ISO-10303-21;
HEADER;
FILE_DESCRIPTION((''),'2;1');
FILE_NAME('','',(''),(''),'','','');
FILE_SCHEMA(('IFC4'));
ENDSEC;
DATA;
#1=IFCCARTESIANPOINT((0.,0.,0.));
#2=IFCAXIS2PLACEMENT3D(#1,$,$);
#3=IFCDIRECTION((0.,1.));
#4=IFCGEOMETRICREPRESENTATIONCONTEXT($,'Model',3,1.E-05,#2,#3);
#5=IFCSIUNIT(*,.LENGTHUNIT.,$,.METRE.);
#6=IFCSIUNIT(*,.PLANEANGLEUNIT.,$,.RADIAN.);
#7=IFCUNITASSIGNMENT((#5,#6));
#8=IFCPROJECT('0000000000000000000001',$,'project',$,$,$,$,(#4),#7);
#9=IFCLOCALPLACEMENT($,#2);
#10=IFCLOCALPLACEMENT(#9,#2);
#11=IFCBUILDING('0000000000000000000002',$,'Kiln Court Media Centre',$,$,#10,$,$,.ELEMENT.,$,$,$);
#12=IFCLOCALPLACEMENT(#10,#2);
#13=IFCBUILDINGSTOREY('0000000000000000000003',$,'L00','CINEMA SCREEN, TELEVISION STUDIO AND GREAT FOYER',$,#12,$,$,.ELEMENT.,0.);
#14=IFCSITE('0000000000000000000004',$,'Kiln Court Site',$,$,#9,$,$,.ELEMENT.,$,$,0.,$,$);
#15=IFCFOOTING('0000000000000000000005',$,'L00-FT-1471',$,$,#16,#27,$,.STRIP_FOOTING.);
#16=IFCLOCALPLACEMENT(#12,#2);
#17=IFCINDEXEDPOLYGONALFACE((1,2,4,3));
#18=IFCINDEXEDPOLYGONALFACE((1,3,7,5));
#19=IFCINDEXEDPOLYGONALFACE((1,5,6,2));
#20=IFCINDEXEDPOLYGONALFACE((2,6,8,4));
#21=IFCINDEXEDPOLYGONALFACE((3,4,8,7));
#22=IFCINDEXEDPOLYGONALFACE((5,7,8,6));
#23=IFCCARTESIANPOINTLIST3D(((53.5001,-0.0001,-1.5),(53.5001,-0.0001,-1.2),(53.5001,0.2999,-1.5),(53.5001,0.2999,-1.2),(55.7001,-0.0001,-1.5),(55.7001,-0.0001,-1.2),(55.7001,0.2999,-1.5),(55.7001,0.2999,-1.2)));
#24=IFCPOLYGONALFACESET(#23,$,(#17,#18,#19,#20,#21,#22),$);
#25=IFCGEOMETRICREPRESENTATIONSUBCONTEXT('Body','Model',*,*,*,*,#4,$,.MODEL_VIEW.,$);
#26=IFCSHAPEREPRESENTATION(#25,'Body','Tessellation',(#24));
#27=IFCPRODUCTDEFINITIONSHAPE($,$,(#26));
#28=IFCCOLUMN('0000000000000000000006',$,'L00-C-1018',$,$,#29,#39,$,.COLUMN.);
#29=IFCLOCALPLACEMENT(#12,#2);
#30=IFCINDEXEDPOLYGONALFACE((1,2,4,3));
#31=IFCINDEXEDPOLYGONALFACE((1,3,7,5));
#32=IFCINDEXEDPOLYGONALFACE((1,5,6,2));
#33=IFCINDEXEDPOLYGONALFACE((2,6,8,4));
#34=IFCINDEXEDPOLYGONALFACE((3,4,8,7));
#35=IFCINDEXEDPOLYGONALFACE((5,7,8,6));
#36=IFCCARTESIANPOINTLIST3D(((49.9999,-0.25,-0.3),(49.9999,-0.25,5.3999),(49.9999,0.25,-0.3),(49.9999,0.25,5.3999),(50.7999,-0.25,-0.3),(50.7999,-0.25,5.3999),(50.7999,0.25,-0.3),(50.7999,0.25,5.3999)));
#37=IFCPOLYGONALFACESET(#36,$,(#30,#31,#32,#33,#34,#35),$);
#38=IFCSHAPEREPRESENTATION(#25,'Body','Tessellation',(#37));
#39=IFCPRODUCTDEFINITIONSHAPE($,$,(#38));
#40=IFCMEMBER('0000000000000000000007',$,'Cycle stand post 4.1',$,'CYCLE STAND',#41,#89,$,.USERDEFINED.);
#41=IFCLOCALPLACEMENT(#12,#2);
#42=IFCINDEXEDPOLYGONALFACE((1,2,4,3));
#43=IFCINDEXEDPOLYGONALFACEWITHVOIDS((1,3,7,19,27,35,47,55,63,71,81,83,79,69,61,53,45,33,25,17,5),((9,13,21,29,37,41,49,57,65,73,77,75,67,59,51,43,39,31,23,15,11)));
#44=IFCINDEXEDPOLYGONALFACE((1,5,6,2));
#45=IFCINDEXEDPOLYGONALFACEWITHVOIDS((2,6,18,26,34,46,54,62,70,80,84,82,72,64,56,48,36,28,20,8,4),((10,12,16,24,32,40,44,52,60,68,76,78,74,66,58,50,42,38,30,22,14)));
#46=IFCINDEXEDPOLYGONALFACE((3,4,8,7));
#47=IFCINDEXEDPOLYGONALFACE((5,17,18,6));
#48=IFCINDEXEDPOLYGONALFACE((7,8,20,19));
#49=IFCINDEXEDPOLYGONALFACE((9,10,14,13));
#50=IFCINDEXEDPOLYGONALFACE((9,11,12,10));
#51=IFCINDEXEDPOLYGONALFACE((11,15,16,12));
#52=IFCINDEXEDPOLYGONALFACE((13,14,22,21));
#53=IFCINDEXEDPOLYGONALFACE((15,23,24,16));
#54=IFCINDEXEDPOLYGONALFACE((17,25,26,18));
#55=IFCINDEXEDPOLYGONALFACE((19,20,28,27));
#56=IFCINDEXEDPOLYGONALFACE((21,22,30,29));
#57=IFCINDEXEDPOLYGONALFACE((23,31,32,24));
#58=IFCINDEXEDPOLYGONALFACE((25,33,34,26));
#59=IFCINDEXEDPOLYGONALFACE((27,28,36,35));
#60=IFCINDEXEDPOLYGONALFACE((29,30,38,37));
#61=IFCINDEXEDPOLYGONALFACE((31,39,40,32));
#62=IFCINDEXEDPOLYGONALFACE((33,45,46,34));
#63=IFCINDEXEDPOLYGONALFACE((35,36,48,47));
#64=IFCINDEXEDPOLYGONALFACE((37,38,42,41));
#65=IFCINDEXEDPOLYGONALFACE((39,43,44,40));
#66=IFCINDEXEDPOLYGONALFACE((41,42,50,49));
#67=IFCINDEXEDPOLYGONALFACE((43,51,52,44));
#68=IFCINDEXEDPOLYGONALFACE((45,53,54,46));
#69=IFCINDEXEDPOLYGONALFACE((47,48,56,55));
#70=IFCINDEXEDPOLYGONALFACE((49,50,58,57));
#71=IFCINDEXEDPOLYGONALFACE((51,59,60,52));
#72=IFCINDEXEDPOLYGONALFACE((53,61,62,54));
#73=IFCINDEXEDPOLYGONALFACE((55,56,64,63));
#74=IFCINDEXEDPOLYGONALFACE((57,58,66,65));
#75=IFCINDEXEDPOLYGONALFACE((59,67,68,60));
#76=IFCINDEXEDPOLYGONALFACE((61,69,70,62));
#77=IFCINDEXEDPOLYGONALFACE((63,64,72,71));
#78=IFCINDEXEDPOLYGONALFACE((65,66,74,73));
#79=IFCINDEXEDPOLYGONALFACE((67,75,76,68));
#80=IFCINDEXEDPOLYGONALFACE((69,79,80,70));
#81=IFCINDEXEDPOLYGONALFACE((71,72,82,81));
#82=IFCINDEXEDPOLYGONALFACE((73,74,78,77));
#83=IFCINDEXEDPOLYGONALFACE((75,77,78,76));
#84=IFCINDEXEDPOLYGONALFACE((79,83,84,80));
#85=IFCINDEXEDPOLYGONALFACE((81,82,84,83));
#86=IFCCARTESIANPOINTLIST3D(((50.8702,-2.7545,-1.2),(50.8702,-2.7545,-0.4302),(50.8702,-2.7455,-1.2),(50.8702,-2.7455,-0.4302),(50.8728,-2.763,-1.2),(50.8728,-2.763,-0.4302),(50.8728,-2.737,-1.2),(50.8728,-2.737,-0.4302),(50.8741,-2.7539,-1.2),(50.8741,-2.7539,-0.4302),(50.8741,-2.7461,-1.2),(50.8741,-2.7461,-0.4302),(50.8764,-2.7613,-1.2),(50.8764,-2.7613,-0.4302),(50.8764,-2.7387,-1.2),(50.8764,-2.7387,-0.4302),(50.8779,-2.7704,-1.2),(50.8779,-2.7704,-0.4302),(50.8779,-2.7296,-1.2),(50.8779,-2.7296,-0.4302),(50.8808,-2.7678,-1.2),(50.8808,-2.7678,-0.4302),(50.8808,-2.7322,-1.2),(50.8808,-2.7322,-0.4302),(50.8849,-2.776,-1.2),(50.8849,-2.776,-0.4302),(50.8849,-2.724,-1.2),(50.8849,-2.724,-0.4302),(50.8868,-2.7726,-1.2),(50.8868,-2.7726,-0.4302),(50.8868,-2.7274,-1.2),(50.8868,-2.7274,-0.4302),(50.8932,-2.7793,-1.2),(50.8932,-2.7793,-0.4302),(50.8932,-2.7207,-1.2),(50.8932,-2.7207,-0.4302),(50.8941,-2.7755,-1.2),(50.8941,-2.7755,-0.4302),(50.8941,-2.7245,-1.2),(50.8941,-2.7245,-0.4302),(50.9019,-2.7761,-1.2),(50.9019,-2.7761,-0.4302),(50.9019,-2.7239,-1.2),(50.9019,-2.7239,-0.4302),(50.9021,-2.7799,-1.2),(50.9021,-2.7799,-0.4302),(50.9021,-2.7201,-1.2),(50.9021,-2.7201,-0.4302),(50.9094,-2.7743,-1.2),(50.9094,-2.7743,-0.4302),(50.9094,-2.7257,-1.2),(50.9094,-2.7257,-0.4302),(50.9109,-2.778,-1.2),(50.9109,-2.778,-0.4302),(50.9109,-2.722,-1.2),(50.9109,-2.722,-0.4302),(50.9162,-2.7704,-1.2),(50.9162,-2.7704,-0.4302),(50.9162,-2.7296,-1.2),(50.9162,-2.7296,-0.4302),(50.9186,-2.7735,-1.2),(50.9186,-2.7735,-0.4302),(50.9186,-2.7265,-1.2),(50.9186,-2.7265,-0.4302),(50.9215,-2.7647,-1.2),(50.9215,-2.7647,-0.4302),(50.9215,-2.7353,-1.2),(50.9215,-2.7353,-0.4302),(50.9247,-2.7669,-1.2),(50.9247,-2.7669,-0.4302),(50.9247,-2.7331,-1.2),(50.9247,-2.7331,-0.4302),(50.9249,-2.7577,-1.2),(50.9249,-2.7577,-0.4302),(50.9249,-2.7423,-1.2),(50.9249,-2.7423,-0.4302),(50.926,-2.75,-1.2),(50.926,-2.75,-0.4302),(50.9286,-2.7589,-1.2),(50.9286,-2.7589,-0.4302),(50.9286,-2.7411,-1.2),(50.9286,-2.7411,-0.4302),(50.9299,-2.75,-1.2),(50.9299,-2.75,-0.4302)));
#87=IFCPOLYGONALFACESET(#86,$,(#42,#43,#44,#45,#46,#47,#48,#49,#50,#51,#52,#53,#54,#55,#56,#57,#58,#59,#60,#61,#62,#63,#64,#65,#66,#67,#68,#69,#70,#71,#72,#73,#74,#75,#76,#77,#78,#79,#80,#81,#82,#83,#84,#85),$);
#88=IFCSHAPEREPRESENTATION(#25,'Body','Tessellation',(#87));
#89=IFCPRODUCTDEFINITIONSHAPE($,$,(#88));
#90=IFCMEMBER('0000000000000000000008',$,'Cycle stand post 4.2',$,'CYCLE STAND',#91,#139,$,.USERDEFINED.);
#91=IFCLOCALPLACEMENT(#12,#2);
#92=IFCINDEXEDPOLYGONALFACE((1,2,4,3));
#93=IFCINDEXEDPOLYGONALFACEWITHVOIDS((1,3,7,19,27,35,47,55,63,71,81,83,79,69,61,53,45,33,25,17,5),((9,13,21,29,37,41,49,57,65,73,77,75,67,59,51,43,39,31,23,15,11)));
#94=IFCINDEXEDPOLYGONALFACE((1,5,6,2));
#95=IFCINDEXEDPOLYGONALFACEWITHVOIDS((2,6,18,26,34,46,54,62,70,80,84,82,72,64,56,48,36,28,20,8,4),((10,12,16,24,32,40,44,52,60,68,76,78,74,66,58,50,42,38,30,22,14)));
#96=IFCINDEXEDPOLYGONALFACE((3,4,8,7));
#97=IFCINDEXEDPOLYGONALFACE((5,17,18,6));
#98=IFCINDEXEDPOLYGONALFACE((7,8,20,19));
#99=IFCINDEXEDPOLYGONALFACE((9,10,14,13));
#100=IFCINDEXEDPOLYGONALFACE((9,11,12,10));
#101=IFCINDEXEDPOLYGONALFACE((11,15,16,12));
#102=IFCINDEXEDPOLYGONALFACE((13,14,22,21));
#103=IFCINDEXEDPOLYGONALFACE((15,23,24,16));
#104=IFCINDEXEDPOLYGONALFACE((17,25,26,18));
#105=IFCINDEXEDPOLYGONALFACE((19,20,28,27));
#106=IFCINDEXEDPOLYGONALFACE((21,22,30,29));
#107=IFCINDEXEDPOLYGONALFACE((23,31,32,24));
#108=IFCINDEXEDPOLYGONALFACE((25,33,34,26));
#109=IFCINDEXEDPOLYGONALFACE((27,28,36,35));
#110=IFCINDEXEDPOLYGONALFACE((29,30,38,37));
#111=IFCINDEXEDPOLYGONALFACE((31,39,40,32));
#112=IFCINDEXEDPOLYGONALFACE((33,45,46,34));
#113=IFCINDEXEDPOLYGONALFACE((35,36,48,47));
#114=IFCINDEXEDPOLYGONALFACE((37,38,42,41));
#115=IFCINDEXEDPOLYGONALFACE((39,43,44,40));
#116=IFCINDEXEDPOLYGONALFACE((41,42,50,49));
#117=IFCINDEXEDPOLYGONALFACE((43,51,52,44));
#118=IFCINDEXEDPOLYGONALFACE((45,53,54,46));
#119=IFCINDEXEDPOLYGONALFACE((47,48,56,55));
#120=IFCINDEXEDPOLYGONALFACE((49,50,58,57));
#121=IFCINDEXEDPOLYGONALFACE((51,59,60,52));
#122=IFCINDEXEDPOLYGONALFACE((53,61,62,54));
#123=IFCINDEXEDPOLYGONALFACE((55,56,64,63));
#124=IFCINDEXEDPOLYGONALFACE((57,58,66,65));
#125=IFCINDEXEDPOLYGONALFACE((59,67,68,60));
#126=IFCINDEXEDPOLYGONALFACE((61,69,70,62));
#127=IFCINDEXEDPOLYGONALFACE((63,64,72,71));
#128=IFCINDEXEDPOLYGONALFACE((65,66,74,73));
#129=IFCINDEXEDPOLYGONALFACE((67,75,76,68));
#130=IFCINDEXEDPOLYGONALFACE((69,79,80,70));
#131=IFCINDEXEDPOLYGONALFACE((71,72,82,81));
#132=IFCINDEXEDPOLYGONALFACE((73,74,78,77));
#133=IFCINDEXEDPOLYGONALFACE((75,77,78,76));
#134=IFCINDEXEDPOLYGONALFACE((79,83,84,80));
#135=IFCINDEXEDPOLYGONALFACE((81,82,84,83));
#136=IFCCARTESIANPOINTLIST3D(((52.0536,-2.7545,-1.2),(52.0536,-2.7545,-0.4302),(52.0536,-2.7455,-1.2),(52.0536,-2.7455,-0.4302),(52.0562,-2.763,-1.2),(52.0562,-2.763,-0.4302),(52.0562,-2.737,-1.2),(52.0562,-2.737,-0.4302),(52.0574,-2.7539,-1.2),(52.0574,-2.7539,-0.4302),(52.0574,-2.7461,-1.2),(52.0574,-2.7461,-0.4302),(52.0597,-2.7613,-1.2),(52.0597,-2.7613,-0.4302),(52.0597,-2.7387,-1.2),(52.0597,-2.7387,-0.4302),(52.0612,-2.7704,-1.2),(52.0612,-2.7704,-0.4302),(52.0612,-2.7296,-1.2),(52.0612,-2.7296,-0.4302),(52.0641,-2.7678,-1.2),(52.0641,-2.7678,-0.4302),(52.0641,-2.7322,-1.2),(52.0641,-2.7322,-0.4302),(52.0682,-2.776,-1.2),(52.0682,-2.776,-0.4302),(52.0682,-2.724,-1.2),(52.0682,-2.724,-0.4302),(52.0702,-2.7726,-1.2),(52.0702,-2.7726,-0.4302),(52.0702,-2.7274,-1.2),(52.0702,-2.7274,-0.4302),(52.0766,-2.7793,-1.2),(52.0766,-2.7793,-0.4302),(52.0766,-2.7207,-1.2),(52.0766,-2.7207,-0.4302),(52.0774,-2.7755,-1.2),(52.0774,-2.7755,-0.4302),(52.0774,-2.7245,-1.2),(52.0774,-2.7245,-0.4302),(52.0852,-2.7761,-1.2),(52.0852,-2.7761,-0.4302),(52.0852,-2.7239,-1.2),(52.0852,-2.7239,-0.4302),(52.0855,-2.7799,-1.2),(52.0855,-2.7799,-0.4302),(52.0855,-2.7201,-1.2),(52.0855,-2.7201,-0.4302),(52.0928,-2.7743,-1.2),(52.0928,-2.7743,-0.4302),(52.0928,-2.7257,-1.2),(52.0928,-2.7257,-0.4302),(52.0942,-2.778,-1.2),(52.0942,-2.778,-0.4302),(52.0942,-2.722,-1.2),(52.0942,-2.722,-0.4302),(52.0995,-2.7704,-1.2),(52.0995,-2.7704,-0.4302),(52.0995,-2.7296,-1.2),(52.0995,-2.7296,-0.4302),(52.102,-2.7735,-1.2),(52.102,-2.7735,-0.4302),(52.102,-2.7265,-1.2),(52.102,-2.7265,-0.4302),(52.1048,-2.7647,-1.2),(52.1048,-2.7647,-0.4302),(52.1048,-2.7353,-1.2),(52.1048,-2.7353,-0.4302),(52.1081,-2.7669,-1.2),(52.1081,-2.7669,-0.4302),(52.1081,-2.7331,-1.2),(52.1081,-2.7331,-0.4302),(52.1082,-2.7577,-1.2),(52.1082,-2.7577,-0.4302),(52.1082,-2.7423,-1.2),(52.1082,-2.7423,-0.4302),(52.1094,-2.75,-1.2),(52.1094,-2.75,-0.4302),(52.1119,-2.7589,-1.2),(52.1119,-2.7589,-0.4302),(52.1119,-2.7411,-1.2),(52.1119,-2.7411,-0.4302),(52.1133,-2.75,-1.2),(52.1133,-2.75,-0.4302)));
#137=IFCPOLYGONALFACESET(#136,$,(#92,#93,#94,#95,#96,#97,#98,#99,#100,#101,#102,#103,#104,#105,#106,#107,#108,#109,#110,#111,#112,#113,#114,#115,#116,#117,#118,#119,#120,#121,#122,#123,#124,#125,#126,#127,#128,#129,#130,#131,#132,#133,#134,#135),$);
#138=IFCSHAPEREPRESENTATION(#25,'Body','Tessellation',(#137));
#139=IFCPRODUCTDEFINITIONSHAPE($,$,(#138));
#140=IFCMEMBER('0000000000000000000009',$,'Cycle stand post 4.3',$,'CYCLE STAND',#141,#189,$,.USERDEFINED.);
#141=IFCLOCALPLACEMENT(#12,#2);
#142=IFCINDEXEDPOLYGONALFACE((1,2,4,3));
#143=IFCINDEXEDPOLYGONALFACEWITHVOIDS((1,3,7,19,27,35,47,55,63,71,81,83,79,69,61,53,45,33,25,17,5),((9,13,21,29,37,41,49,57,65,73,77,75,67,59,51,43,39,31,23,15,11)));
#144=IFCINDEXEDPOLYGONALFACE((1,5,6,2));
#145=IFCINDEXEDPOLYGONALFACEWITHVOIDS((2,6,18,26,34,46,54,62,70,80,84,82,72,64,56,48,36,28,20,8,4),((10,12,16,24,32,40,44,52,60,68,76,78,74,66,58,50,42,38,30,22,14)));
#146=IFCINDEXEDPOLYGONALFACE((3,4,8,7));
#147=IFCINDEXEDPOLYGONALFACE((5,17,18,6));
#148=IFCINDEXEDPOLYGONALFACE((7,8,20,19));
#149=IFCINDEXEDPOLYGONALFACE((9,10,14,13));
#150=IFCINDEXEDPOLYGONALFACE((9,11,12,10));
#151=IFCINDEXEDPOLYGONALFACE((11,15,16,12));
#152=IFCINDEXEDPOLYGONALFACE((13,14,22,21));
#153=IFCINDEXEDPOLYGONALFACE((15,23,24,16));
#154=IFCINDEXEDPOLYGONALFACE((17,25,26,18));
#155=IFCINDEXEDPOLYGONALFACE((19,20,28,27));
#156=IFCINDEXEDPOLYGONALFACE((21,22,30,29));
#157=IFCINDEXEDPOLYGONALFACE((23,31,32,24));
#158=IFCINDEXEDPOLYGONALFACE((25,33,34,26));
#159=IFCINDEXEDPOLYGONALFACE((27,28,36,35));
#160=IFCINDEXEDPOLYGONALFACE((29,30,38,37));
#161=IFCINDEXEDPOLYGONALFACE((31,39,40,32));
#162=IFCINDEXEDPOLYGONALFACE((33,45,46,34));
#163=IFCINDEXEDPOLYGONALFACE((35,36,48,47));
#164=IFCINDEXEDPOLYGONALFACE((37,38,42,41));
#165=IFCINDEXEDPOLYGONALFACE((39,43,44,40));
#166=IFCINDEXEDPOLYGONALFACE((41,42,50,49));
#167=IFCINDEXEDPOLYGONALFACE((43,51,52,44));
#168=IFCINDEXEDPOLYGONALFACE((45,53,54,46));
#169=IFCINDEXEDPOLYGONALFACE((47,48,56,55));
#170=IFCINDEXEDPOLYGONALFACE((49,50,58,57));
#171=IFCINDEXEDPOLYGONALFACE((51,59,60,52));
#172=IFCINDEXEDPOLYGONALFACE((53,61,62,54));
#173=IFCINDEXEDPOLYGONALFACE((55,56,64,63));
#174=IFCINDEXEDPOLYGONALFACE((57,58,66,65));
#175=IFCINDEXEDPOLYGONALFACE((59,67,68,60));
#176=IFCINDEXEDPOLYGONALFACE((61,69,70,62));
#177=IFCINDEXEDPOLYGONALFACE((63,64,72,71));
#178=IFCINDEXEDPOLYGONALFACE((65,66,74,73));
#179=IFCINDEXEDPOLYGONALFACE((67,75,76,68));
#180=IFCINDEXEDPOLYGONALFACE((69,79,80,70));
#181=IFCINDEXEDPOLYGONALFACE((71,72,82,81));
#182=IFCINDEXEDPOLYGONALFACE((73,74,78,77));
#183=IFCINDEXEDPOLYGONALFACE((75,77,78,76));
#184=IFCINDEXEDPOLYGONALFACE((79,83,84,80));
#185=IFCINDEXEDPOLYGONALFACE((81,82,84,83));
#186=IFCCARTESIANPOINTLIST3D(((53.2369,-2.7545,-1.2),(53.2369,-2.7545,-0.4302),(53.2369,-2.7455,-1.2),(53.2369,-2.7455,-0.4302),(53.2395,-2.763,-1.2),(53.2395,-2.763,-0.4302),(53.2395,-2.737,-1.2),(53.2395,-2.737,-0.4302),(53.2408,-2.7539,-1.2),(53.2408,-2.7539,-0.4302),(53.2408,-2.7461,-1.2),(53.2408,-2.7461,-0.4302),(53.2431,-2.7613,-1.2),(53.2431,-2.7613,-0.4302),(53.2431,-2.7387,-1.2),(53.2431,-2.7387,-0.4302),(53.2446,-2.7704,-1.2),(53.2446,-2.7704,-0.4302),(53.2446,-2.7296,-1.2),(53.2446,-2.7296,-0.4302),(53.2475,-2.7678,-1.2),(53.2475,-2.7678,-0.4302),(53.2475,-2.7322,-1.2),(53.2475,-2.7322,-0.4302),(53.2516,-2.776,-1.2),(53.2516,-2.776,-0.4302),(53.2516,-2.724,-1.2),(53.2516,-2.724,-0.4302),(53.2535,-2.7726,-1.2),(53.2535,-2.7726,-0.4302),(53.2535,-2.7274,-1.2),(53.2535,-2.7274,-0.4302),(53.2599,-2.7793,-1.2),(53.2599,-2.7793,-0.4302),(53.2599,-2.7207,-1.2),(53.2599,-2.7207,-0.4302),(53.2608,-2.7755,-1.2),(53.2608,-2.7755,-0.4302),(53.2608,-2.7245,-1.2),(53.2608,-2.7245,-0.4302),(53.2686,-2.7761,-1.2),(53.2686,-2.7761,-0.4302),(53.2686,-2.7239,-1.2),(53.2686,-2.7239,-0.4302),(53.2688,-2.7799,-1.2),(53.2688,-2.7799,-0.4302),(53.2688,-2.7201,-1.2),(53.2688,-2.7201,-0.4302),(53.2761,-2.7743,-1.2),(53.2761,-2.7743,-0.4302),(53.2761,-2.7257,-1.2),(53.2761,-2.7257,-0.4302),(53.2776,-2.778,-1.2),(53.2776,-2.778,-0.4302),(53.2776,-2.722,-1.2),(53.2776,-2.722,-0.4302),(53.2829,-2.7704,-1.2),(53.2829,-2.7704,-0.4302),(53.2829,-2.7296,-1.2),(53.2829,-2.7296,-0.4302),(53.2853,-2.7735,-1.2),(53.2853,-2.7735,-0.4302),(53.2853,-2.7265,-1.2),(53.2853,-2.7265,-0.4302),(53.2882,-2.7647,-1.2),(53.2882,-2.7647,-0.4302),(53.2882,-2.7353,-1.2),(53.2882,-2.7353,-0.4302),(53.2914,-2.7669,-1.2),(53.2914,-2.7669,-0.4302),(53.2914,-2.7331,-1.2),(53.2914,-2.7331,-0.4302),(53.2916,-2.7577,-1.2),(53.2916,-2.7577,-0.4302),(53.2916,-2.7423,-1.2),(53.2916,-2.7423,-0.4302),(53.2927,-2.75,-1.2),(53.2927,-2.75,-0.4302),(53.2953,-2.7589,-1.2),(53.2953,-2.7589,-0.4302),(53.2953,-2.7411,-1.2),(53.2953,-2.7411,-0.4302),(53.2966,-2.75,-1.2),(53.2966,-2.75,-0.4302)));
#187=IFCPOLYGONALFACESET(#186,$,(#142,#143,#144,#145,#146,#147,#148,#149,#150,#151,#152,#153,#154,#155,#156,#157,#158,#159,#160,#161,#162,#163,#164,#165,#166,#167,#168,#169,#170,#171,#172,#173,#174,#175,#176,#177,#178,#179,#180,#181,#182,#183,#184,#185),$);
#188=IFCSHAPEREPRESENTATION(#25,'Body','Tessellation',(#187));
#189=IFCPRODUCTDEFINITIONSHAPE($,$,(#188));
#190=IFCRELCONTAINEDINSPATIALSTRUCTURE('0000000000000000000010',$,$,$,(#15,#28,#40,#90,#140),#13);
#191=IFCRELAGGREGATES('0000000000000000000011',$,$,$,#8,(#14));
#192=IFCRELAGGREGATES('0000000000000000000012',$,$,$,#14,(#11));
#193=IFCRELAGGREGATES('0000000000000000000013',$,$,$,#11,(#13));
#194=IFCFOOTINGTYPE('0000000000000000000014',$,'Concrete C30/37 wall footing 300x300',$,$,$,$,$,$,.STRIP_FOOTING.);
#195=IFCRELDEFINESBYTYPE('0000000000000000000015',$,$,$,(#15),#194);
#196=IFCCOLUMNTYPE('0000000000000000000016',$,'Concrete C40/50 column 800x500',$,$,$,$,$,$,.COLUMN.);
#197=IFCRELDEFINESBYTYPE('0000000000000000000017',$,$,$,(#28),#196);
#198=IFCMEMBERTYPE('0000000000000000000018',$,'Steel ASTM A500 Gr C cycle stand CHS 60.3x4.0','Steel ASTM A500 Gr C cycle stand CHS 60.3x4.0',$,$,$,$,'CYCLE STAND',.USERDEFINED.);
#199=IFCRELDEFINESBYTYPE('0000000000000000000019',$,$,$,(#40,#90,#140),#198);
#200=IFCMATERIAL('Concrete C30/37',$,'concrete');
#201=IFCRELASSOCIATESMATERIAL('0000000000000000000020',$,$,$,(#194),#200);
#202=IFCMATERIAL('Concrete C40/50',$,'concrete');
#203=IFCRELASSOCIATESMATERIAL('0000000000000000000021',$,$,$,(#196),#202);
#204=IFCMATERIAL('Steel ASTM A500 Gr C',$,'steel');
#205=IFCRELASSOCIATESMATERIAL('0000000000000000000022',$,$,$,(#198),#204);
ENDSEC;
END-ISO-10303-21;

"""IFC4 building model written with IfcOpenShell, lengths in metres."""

from ifc_helpers import new_model, si_unit, direction, frame, origin, origin_2d, place, context, subcontext, project, spatial, rectangle, hollow_circle, extrude, material, material_profile, profile_set, type_object, element, save


model = new_model("IFC4")

# Units and contexts
model_context = context("Model", 3, precision=1e-05, world=origin(), true_north=direction((0.0, 1.0)))
body_context = subcontext(model_context, "Body", "Model", "MODEL_VIEW")
ifc_project = project(units=[si_unit("LENGTHUNIT", "METRE"), si_unit("PLANEANGLEUNIT", "RADIAN")], contexts=[model_context])

# Site, building, storey
site_placement = place(None, origin())
site = spatial("IfcSite", under=ifc_project, at=site_placement, Name="Kiln Court Site", CompositionType="ELEMENT", RefElevation=0.0)
building_placement = place(site_placement, origin())
building = spatial("IfcBuilding", under=site, at=building_placement, Name="Kiln Court Media Centre", CompositionType="ELEMENT")
storey_placement = place(building_placement, origin())
storey = spatial("IfcBuildingStorey", under=building, at=storey_placement, Name="L00", Description="CINEMA SCREEN, TELEVISION STUDIO AND GREAT FOYER", CompositionType="ELEMENT", Elevation=0.0)

# Footing
ifc_material_1 = material(Name="Concrete C30/37", Category="concrete")
footing_type_1 = type_object("IfcFootingType", Name="Concrete C30/37 wall footing 300x300", PredefinedType="STRIP_FOOTING", material=ifc_material_1)
footing_1_placement = place(storey_placement, frame((54.6001, 0.1499, -1.5), z_axis=(0.0, 0.0, 1.0), x_axis=(1.0, 0.0, 0.0)))
element("IfcFooting", 1, at=footing_1_placement, inside=storey, type_object=footing_type_1, Name="L00-FT-1471", PredefinedType="STRIP_FOOTING", context=body_context, shape_type="SweptSolid", body=[
    extrude(rectangle(XDim=2.2, YDim=0.3, at=origin_2d()), origin(), (0.0, 0.0, 1.0), 0.3),
])

# Column
ifc_material_2 = material(Name="Concrete C40/50", Category="concrete")
ifc_material_profile_1 = material_profile(ifc_material_2, rectangle(XDim=0.8, YDim=0.5, at=origin_2d()), Name="RC 800x500")
ifc_profile_set_1 = profile_set([ifc_material_profile_1], Name="Concrete C40/50")
column_type = type_object("IfcColumnType", Name="Concrete C40/50 column 800x500", PredefinedType="COLUMN", material=ifc_profile_set_1)
column_placement = place(storey_placement, frame((50.3999, 0.0, -0.3), z_axis=(0.0, 0.0, 1.0), x_axis=(1.0, 0.0, 0.0)))
element("IfcColumn", 2, at=column_placement, inside=storey, type_object=column_type, Name="L00-C-1018", PredefinedType="COLUMN", context=body_context, shape_type="SweptSolid", body=[
    extrude(rectangle(XDim=0.8, YDim=0.5, at=origin_2d()), origin(), (0.0, 0.0, 1.0), 5.7),
])

# Members
ifc_material_3 = material(Name="Steel ASTM A500 Gr C", Category="steel")
ifc_material_profile_2 = material_profile(ifc_material_3, hollow_circle(Radius=0.03, WallThickness=0.0039, at=origin_2d()), Name="CHS 60.3x4.0")
ifc_profile_set_2 = profile_set([ifc_material_profile_2], Name="Steel ASTM A500 Gr C")
member_type = type_object("IfcMemberType", Name="Steel ASTM A500 Gr C cycle stand CHS 60.3x4.0", Description="Steel ASTM A500 Gr C cycle stand CHS 60.3x4.0", ElementType="CYCLE STAND", PredefinedType="USERDEFINED", material=ifc_profile_set_2)
for number, where, z_axis, x_axis, name in (
    (3, (50.8999, -2.75, -1.2), (0.0, 0.0, 1.0), (1.0, 0.0, 0.0), "Cycle stand post 4.1"),
    (4, (52.0833, -2.75, -1.2), (0.0, 0.0, 1.0), (1.0, 0.0, 0.0), "Cycle stand post 4.2"),
    (5, (53.2666, -2.75, -1.2), (0.0, 0.0, 1.0), (1.0, 0.0, 0.0), "Cycle stand post 4.3"),
):
    element("IfcMember", number, at=place(storey_placement, frame(where, z_axis=z_axis, x_axis=x_axis)), inside=storey, type_object=member_type, Name=name, ObjectType="CYCLE STAND", PredefinedType="USERDEFINED", context=body_context, shape_type="SweptSolid", body=[
        extrude(hollow_circle(Radius=0.03, WallThickness=0.0039, at=origin_2d()), origin(), (0.0, 0.0, 1.0), 0.7698),
    ])

save(model, "model.ifc")
